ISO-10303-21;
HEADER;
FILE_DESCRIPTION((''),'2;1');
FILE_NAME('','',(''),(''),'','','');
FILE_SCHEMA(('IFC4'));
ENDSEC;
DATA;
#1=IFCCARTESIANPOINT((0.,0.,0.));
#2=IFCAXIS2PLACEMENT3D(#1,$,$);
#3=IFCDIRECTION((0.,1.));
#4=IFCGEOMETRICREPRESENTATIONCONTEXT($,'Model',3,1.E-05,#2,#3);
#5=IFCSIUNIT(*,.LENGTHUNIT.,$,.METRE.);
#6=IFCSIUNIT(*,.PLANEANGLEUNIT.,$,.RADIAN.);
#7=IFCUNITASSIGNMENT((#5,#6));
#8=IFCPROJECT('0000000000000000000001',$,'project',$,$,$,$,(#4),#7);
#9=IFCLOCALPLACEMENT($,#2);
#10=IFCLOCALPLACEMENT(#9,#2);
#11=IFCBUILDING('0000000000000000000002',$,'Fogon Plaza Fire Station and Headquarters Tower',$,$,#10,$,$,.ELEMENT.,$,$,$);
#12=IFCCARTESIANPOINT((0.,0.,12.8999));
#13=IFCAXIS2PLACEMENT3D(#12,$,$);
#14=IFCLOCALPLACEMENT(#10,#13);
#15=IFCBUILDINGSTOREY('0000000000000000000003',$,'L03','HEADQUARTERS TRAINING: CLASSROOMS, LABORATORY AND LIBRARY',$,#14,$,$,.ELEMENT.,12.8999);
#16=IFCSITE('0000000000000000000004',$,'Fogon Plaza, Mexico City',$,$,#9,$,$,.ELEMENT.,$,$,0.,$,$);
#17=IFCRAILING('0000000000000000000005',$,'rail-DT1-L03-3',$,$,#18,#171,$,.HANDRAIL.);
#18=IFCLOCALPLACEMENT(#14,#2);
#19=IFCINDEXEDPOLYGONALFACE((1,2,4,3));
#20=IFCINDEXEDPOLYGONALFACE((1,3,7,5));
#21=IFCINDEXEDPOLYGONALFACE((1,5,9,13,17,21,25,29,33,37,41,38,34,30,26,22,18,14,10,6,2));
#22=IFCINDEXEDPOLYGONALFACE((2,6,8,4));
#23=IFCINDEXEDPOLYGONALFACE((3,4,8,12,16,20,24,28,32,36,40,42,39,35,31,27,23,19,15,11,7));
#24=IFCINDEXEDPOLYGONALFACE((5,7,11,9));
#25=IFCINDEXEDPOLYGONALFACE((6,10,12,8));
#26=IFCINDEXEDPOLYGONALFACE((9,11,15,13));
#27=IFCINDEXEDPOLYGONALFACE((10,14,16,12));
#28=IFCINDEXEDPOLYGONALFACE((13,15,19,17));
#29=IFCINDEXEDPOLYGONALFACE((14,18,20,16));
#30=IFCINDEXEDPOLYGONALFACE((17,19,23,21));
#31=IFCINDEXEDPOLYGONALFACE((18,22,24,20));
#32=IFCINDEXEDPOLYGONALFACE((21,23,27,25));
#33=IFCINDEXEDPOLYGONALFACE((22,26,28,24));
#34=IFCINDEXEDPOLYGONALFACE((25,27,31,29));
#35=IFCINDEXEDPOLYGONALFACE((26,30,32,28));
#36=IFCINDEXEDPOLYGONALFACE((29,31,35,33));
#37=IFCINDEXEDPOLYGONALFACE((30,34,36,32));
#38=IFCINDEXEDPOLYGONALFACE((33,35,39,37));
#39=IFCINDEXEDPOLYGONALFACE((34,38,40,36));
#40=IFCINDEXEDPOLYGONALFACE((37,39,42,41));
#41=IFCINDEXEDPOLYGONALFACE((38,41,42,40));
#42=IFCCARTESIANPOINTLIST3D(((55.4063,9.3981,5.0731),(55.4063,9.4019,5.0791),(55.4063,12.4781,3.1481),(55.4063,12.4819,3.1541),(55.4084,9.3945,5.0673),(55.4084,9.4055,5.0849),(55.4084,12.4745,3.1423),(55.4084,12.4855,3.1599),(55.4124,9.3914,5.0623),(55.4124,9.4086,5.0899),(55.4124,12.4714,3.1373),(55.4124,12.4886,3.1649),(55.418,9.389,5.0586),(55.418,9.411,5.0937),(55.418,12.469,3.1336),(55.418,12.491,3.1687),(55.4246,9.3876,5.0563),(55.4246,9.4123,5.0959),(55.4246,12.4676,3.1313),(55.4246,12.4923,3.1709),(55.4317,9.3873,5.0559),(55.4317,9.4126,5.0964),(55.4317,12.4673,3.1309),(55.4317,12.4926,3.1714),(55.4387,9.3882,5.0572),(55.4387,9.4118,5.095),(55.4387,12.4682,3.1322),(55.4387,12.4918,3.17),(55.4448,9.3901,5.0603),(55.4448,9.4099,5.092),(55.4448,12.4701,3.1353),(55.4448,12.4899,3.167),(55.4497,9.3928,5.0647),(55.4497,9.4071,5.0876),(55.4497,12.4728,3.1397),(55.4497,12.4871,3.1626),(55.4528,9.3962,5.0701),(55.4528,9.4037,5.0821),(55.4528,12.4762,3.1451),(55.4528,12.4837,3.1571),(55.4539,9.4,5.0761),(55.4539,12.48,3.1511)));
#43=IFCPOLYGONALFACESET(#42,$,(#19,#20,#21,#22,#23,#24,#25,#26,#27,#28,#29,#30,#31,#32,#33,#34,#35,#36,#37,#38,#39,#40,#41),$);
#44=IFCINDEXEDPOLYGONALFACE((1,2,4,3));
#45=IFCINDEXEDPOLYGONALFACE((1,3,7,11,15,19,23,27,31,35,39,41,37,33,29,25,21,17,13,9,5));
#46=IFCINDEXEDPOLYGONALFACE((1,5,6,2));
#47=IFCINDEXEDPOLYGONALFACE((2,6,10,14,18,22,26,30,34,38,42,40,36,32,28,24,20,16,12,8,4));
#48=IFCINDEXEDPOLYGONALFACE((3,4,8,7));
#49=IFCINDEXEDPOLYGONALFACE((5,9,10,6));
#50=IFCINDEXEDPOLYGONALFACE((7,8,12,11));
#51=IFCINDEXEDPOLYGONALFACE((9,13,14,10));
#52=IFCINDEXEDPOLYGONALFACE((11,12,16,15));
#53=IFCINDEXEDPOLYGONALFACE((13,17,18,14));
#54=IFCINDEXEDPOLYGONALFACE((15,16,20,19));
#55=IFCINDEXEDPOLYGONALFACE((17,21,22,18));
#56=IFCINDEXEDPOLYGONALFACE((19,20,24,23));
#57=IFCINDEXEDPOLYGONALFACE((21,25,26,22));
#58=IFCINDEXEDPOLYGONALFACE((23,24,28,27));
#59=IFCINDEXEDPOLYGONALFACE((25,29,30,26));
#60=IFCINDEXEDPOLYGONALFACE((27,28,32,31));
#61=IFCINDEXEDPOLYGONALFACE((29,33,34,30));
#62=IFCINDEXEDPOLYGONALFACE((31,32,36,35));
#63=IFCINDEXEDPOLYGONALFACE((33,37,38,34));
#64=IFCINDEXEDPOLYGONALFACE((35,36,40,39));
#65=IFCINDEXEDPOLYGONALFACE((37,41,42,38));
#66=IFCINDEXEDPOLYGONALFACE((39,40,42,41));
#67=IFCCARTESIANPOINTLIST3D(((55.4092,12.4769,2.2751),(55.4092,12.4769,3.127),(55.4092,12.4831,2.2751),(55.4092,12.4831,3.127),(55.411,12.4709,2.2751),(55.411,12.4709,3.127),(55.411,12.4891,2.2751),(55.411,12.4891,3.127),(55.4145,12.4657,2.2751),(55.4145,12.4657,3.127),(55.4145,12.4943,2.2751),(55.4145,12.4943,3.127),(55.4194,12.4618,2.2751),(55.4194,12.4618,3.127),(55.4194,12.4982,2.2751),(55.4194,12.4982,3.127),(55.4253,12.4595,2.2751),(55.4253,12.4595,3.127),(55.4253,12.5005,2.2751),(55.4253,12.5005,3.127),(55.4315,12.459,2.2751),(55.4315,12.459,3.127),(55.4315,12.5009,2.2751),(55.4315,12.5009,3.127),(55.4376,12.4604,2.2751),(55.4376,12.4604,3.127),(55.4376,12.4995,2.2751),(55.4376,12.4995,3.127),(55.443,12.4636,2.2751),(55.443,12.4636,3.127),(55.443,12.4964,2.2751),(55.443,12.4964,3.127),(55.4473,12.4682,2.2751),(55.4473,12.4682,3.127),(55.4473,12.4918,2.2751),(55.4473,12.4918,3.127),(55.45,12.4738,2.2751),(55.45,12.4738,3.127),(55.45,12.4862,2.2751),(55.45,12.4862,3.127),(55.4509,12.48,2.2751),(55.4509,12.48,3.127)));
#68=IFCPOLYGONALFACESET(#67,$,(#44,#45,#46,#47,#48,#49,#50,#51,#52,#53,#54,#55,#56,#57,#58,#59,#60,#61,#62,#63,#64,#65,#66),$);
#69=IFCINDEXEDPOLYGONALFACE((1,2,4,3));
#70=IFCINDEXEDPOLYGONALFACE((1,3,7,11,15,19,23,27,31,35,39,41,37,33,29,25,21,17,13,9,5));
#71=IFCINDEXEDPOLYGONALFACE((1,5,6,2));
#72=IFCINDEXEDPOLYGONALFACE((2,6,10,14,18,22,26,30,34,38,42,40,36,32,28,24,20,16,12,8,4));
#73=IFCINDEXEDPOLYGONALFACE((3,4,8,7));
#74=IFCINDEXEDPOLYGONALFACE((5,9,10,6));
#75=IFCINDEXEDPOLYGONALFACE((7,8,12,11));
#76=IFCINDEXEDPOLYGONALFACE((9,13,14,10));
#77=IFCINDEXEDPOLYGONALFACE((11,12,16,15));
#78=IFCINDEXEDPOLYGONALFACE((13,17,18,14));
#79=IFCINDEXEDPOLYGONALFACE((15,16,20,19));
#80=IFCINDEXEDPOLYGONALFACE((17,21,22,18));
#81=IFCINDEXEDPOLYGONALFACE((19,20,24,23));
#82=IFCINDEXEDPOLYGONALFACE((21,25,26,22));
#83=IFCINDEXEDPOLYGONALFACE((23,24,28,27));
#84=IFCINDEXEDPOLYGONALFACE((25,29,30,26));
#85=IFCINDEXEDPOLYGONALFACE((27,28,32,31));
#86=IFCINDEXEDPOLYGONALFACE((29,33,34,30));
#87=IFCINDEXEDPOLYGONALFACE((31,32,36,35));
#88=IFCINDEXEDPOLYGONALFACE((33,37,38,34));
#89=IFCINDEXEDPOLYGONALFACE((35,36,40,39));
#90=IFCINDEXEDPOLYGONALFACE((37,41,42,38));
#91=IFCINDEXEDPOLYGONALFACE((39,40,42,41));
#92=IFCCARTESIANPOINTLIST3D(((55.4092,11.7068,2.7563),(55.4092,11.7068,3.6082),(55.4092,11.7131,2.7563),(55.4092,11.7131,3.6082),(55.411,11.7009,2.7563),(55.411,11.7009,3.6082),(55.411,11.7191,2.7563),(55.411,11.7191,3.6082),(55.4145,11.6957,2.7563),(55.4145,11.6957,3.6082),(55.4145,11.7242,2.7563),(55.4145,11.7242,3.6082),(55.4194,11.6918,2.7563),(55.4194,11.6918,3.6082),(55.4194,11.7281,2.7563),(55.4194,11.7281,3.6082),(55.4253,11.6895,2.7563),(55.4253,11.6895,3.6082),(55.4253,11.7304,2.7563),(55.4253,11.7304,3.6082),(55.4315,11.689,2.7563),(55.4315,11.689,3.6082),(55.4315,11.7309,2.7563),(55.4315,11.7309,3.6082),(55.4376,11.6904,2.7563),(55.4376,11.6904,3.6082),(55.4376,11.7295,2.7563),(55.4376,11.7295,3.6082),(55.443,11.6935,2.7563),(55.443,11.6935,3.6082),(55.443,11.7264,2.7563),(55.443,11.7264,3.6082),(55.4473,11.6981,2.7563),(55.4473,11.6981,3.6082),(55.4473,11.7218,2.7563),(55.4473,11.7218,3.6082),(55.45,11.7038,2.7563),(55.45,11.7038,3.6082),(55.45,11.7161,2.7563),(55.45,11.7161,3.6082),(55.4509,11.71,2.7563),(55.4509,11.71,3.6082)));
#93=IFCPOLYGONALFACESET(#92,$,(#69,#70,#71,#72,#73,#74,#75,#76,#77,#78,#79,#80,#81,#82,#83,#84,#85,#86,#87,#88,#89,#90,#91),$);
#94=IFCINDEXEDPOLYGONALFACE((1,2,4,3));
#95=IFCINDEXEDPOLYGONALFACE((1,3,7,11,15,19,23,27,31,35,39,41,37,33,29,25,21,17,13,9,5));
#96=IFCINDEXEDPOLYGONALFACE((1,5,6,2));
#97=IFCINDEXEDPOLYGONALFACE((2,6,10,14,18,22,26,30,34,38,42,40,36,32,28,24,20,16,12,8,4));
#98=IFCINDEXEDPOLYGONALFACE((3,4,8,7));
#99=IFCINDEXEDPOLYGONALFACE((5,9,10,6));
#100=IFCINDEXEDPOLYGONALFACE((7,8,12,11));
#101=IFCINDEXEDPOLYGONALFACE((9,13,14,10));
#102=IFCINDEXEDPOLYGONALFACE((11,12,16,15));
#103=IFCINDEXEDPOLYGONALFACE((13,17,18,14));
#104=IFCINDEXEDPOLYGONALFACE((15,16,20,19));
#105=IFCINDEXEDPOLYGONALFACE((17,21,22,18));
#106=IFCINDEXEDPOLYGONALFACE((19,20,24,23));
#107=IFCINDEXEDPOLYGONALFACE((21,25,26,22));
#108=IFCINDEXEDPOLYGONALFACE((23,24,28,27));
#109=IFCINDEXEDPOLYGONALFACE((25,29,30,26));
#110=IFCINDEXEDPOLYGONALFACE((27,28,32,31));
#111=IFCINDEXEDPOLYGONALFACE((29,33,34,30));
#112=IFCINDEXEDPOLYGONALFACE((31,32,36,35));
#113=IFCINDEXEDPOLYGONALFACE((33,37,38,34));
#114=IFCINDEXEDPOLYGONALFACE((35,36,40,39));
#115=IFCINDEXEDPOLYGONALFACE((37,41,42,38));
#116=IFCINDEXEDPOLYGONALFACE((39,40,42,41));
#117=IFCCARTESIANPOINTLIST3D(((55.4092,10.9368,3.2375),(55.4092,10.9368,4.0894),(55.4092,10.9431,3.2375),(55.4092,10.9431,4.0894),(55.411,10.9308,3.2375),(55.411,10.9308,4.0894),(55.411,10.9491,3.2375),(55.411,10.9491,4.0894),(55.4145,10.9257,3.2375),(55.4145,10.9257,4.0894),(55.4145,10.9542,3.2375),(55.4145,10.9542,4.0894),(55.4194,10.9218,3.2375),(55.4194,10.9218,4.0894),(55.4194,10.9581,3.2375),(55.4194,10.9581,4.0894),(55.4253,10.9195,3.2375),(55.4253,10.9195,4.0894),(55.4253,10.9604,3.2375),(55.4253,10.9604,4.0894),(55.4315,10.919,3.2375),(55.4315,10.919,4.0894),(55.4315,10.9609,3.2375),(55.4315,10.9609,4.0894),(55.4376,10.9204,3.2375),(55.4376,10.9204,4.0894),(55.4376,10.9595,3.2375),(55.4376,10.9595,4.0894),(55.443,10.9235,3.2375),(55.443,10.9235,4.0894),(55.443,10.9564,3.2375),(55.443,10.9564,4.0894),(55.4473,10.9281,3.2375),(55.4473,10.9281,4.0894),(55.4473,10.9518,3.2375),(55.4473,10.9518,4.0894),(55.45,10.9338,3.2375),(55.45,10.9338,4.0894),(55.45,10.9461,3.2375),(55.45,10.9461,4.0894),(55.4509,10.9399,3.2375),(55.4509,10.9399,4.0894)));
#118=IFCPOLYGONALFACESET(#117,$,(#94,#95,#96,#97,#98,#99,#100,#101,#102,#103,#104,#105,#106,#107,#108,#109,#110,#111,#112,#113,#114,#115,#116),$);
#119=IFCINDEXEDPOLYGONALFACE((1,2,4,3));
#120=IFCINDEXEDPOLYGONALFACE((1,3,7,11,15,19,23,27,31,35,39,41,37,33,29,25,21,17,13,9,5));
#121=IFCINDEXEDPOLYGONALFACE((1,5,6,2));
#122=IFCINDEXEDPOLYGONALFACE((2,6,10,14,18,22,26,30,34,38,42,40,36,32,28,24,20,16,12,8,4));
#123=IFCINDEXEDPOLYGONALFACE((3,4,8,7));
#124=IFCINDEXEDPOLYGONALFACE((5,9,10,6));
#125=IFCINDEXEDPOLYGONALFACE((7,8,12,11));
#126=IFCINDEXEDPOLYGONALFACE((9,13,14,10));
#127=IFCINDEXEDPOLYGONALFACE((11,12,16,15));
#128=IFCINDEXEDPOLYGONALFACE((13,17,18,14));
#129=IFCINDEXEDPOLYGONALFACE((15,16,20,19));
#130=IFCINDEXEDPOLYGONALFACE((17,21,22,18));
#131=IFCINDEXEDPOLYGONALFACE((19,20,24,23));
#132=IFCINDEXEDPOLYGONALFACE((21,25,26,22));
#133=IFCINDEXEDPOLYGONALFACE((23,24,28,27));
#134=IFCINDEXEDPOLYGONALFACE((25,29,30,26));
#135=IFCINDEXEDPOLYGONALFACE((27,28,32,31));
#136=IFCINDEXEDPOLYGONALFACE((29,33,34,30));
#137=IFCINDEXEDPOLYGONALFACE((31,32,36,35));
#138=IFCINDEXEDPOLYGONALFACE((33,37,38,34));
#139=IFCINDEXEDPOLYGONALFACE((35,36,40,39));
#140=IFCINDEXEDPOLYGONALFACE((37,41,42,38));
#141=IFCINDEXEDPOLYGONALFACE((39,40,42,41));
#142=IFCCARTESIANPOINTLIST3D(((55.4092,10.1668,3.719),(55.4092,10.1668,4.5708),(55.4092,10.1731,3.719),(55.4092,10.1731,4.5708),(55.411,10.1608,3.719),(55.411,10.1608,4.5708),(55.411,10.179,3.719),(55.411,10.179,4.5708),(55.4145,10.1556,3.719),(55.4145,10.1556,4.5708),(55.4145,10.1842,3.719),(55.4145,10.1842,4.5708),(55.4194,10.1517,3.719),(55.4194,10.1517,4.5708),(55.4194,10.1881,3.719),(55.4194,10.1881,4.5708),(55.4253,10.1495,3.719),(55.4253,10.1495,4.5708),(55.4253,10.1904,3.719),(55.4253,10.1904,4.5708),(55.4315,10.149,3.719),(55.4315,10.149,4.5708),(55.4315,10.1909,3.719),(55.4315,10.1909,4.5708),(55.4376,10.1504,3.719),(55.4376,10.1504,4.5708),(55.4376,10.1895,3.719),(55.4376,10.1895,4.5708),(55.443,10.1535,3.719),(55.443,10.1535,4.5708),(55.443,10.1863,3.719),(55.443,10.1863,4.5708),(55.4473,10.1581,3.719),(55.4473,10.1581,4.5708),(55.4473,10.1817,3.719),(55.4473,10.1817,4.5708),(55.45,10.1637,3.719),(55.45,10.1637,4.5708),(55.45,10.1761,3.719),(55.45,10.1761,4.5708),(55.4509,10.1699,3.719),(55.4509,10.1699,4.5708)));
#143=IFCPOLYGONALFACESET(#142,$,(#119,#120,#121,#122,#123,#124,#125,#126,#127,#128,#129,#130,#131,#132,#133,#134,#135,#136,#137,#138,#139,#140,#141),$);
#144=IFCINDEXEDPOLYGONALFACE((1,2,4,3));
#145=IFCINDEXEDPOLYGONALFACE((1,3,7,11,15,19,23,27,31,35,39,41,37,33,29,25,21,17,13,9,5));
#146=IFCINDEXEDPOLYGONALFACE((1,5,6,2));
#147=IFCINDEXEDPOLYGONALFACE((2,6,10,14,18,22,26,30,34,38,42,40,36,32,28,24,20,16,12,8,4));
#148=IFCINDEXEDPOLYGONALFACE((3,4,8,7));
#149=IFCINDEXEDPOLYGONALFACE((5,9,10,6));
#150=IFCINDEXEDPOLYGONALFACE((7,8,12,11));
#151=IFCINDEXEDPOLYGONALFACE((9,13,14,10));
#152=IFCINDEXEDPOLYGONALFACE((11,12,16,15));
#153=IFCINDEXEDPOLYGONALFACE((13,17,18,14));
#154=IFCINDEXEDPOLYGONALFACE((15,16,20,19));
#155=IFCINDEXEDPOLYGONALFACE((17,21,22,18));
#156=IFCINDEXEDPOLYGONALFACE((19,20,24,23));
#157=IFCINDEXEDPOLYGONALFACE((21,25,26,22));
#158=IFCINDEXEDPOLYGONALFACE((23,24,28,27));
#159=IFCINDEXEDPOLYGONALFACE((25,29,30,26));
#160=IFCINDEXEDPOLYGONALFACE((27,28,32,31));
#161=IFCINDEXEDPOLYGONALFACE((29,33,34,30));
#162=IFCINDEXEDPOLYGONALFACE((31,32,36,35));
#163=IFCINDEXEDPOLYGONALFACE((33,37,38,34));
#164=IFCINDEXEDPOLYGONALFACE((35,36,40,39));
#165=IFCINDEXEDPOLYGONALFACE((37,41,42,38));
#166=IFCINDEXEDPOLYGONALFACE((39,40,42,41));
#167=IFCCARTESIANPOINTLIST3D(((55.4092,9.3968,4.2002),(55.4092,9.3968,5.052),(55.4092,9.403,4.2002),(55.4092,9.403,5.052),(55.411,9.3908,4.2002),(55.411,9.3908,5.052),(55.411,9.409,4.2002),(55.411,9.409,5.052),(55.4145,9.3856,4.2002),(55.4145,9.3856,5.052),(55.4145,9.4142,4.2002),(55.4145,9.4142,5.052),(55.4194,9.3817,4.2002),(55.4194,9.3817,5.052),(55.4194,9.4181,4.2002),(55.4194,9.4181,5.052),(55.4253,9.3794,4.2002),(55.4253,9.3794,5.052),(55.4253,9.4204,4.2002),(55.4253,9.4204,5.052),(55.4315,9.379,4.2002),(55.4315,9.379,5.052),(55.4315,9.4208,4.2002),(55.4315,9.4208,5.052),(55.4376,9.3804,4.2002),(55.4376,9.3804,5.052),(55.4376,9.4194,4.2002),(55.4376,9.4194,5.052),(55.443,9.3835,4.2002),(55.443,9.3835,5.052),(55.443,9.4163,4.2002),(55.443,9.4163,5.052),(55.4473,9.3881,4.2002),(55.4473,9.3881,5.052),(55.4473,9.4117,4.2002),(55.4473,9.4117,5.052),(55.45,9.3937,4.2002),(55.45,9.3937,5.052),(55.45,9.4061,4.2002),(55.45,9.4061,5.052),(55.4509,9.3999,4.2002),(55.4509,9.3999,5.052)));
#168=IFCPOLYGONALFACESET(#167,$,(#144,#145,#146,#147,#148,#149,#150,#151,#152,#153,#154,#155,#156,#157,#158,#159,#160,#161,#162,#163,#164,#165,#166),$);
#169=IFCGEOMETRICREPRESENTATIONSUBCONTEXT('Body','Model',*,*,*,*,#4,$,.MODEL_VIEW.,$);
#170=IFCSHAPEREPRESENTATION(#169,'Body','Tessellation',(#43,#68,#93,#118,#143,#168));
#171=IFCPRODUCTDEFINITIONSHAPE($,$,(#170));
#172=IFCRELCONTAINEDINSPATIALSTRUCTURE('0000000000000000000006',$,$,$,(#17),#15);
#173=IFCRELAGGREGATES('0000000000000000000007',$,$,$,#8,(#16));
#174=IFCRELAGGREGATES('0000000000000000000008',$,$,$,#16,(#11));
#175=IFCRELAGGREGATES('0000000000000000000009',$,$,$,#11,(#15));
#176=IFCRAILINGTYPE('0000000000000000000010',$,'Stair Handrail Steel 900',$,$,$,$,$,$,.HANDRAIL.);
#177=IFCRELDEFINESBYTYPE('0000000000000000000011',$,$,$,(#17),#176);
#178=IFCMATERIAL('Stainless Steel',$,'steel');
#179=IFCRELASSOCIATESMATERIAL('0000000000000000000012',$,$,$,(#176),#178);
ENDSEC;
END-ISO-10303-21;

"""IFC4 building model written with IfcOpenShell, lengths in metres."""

from ifc_helpers import new_model, si_unit, direction, frame, origin, origin_2d, place, context, subcontext, project, spatial, circle, extrude, material, type_object, element, save


model = new_model("IFC4")

# Units and contexts
model_context = context("Model", 3, precision=1e-05, world=origin(), true_north=direction((0.0, 1.0)))
body_context = subcontext(model_context, "Body", "Model", "MODEL_VIEW")
ifc_project = project(units=[si_unit("LENGTHUNIT", "METRE"), si_unit("PLANEANGLEUNIT", "RADIAN")], contexts=[model_context])

# Site, building, storey
site_placement = place(None, origin())
site = spatial("IfcSite", under=ifc_project, at=site_placement, Name="Fogon Plaza, Mexico City", CompositionType="ELEMENT", RefElevation=0.0)
building_placement = place(site_placement, origin())
building = spatial("IfcBuilding", under=site, at=building_placement, Name="Fogon Plaza Fire Station and Headquarters Tower", CompositionType="ELEMENT")
storey_placement = place(building_placement, frame((0.0, 0.0, 12.8999)))
storey = spatial("IfcBuildingStorey", under=building, at=storey_placement, Name="L03", Description="HEADQUARTERS TRAINING: CLASSROOMS, LABORATORY AND LIBRARY", CompositionType="ELEMENT", Elevation=12.8999)

# Railing
ifc_material_1 = material(Name="Stainless Steel", Category="steel")
railing_type_1 = type_object("IfcRailingType", Name="Stair Handrail Steel 900", PredefinedType="HANDRAIL", material=ifc_material_1)
railing_1_placement = place(storey_placement, frame((55.4299, 12.48, 2.2751)))
element("IfcRailing", 1, at=railing_1_placement, inside=storey, type_object=railing_type_1, Name="rail-DT1-L03-3", PredefinedType="HANDRAIL", context=body_context, shape_type="SweptSolid", body=[
    extrude(circle(Radius=0.0239, at=origin_2d()), frame((0.0, 0.0, 0.876), z_axis=(0.0, -0.847998, 0.529999), x_axis=(1.0, 0.0, 0.0)), (0.0, 0.0, 1.0), 3.6321),
    extrude(circle(Radius=0.021, at=origin_2d()), origin(), (0.0, 0.0, 1.0), 0.8518),
    extrude(circle(Radius=0.021, at=origin_2d()), frame((0.0, -0.77, 0.4812)), (0.0, 0.0, 1.0), 0.8518),
    extrude(circle(Radius=0.021, at=origin_2d()), frame((0.0, -1.54, 0.9624)), (0.0, 0.0, 1.0), 0.8518),
    extrude(circle(Radius=0.021, at=origin_2d()), frame((0.0, -2.3101, 1.4438)), (0.0, 0.0, 1.0), 0.8518),
    extrude(circle(Radius=0.021, at=origin_2d()), frame((0.0, -3.0801, 1.925)), (0.0, 0.0, 1.0), 0.8518),
])

save(model, "model.ifc")
